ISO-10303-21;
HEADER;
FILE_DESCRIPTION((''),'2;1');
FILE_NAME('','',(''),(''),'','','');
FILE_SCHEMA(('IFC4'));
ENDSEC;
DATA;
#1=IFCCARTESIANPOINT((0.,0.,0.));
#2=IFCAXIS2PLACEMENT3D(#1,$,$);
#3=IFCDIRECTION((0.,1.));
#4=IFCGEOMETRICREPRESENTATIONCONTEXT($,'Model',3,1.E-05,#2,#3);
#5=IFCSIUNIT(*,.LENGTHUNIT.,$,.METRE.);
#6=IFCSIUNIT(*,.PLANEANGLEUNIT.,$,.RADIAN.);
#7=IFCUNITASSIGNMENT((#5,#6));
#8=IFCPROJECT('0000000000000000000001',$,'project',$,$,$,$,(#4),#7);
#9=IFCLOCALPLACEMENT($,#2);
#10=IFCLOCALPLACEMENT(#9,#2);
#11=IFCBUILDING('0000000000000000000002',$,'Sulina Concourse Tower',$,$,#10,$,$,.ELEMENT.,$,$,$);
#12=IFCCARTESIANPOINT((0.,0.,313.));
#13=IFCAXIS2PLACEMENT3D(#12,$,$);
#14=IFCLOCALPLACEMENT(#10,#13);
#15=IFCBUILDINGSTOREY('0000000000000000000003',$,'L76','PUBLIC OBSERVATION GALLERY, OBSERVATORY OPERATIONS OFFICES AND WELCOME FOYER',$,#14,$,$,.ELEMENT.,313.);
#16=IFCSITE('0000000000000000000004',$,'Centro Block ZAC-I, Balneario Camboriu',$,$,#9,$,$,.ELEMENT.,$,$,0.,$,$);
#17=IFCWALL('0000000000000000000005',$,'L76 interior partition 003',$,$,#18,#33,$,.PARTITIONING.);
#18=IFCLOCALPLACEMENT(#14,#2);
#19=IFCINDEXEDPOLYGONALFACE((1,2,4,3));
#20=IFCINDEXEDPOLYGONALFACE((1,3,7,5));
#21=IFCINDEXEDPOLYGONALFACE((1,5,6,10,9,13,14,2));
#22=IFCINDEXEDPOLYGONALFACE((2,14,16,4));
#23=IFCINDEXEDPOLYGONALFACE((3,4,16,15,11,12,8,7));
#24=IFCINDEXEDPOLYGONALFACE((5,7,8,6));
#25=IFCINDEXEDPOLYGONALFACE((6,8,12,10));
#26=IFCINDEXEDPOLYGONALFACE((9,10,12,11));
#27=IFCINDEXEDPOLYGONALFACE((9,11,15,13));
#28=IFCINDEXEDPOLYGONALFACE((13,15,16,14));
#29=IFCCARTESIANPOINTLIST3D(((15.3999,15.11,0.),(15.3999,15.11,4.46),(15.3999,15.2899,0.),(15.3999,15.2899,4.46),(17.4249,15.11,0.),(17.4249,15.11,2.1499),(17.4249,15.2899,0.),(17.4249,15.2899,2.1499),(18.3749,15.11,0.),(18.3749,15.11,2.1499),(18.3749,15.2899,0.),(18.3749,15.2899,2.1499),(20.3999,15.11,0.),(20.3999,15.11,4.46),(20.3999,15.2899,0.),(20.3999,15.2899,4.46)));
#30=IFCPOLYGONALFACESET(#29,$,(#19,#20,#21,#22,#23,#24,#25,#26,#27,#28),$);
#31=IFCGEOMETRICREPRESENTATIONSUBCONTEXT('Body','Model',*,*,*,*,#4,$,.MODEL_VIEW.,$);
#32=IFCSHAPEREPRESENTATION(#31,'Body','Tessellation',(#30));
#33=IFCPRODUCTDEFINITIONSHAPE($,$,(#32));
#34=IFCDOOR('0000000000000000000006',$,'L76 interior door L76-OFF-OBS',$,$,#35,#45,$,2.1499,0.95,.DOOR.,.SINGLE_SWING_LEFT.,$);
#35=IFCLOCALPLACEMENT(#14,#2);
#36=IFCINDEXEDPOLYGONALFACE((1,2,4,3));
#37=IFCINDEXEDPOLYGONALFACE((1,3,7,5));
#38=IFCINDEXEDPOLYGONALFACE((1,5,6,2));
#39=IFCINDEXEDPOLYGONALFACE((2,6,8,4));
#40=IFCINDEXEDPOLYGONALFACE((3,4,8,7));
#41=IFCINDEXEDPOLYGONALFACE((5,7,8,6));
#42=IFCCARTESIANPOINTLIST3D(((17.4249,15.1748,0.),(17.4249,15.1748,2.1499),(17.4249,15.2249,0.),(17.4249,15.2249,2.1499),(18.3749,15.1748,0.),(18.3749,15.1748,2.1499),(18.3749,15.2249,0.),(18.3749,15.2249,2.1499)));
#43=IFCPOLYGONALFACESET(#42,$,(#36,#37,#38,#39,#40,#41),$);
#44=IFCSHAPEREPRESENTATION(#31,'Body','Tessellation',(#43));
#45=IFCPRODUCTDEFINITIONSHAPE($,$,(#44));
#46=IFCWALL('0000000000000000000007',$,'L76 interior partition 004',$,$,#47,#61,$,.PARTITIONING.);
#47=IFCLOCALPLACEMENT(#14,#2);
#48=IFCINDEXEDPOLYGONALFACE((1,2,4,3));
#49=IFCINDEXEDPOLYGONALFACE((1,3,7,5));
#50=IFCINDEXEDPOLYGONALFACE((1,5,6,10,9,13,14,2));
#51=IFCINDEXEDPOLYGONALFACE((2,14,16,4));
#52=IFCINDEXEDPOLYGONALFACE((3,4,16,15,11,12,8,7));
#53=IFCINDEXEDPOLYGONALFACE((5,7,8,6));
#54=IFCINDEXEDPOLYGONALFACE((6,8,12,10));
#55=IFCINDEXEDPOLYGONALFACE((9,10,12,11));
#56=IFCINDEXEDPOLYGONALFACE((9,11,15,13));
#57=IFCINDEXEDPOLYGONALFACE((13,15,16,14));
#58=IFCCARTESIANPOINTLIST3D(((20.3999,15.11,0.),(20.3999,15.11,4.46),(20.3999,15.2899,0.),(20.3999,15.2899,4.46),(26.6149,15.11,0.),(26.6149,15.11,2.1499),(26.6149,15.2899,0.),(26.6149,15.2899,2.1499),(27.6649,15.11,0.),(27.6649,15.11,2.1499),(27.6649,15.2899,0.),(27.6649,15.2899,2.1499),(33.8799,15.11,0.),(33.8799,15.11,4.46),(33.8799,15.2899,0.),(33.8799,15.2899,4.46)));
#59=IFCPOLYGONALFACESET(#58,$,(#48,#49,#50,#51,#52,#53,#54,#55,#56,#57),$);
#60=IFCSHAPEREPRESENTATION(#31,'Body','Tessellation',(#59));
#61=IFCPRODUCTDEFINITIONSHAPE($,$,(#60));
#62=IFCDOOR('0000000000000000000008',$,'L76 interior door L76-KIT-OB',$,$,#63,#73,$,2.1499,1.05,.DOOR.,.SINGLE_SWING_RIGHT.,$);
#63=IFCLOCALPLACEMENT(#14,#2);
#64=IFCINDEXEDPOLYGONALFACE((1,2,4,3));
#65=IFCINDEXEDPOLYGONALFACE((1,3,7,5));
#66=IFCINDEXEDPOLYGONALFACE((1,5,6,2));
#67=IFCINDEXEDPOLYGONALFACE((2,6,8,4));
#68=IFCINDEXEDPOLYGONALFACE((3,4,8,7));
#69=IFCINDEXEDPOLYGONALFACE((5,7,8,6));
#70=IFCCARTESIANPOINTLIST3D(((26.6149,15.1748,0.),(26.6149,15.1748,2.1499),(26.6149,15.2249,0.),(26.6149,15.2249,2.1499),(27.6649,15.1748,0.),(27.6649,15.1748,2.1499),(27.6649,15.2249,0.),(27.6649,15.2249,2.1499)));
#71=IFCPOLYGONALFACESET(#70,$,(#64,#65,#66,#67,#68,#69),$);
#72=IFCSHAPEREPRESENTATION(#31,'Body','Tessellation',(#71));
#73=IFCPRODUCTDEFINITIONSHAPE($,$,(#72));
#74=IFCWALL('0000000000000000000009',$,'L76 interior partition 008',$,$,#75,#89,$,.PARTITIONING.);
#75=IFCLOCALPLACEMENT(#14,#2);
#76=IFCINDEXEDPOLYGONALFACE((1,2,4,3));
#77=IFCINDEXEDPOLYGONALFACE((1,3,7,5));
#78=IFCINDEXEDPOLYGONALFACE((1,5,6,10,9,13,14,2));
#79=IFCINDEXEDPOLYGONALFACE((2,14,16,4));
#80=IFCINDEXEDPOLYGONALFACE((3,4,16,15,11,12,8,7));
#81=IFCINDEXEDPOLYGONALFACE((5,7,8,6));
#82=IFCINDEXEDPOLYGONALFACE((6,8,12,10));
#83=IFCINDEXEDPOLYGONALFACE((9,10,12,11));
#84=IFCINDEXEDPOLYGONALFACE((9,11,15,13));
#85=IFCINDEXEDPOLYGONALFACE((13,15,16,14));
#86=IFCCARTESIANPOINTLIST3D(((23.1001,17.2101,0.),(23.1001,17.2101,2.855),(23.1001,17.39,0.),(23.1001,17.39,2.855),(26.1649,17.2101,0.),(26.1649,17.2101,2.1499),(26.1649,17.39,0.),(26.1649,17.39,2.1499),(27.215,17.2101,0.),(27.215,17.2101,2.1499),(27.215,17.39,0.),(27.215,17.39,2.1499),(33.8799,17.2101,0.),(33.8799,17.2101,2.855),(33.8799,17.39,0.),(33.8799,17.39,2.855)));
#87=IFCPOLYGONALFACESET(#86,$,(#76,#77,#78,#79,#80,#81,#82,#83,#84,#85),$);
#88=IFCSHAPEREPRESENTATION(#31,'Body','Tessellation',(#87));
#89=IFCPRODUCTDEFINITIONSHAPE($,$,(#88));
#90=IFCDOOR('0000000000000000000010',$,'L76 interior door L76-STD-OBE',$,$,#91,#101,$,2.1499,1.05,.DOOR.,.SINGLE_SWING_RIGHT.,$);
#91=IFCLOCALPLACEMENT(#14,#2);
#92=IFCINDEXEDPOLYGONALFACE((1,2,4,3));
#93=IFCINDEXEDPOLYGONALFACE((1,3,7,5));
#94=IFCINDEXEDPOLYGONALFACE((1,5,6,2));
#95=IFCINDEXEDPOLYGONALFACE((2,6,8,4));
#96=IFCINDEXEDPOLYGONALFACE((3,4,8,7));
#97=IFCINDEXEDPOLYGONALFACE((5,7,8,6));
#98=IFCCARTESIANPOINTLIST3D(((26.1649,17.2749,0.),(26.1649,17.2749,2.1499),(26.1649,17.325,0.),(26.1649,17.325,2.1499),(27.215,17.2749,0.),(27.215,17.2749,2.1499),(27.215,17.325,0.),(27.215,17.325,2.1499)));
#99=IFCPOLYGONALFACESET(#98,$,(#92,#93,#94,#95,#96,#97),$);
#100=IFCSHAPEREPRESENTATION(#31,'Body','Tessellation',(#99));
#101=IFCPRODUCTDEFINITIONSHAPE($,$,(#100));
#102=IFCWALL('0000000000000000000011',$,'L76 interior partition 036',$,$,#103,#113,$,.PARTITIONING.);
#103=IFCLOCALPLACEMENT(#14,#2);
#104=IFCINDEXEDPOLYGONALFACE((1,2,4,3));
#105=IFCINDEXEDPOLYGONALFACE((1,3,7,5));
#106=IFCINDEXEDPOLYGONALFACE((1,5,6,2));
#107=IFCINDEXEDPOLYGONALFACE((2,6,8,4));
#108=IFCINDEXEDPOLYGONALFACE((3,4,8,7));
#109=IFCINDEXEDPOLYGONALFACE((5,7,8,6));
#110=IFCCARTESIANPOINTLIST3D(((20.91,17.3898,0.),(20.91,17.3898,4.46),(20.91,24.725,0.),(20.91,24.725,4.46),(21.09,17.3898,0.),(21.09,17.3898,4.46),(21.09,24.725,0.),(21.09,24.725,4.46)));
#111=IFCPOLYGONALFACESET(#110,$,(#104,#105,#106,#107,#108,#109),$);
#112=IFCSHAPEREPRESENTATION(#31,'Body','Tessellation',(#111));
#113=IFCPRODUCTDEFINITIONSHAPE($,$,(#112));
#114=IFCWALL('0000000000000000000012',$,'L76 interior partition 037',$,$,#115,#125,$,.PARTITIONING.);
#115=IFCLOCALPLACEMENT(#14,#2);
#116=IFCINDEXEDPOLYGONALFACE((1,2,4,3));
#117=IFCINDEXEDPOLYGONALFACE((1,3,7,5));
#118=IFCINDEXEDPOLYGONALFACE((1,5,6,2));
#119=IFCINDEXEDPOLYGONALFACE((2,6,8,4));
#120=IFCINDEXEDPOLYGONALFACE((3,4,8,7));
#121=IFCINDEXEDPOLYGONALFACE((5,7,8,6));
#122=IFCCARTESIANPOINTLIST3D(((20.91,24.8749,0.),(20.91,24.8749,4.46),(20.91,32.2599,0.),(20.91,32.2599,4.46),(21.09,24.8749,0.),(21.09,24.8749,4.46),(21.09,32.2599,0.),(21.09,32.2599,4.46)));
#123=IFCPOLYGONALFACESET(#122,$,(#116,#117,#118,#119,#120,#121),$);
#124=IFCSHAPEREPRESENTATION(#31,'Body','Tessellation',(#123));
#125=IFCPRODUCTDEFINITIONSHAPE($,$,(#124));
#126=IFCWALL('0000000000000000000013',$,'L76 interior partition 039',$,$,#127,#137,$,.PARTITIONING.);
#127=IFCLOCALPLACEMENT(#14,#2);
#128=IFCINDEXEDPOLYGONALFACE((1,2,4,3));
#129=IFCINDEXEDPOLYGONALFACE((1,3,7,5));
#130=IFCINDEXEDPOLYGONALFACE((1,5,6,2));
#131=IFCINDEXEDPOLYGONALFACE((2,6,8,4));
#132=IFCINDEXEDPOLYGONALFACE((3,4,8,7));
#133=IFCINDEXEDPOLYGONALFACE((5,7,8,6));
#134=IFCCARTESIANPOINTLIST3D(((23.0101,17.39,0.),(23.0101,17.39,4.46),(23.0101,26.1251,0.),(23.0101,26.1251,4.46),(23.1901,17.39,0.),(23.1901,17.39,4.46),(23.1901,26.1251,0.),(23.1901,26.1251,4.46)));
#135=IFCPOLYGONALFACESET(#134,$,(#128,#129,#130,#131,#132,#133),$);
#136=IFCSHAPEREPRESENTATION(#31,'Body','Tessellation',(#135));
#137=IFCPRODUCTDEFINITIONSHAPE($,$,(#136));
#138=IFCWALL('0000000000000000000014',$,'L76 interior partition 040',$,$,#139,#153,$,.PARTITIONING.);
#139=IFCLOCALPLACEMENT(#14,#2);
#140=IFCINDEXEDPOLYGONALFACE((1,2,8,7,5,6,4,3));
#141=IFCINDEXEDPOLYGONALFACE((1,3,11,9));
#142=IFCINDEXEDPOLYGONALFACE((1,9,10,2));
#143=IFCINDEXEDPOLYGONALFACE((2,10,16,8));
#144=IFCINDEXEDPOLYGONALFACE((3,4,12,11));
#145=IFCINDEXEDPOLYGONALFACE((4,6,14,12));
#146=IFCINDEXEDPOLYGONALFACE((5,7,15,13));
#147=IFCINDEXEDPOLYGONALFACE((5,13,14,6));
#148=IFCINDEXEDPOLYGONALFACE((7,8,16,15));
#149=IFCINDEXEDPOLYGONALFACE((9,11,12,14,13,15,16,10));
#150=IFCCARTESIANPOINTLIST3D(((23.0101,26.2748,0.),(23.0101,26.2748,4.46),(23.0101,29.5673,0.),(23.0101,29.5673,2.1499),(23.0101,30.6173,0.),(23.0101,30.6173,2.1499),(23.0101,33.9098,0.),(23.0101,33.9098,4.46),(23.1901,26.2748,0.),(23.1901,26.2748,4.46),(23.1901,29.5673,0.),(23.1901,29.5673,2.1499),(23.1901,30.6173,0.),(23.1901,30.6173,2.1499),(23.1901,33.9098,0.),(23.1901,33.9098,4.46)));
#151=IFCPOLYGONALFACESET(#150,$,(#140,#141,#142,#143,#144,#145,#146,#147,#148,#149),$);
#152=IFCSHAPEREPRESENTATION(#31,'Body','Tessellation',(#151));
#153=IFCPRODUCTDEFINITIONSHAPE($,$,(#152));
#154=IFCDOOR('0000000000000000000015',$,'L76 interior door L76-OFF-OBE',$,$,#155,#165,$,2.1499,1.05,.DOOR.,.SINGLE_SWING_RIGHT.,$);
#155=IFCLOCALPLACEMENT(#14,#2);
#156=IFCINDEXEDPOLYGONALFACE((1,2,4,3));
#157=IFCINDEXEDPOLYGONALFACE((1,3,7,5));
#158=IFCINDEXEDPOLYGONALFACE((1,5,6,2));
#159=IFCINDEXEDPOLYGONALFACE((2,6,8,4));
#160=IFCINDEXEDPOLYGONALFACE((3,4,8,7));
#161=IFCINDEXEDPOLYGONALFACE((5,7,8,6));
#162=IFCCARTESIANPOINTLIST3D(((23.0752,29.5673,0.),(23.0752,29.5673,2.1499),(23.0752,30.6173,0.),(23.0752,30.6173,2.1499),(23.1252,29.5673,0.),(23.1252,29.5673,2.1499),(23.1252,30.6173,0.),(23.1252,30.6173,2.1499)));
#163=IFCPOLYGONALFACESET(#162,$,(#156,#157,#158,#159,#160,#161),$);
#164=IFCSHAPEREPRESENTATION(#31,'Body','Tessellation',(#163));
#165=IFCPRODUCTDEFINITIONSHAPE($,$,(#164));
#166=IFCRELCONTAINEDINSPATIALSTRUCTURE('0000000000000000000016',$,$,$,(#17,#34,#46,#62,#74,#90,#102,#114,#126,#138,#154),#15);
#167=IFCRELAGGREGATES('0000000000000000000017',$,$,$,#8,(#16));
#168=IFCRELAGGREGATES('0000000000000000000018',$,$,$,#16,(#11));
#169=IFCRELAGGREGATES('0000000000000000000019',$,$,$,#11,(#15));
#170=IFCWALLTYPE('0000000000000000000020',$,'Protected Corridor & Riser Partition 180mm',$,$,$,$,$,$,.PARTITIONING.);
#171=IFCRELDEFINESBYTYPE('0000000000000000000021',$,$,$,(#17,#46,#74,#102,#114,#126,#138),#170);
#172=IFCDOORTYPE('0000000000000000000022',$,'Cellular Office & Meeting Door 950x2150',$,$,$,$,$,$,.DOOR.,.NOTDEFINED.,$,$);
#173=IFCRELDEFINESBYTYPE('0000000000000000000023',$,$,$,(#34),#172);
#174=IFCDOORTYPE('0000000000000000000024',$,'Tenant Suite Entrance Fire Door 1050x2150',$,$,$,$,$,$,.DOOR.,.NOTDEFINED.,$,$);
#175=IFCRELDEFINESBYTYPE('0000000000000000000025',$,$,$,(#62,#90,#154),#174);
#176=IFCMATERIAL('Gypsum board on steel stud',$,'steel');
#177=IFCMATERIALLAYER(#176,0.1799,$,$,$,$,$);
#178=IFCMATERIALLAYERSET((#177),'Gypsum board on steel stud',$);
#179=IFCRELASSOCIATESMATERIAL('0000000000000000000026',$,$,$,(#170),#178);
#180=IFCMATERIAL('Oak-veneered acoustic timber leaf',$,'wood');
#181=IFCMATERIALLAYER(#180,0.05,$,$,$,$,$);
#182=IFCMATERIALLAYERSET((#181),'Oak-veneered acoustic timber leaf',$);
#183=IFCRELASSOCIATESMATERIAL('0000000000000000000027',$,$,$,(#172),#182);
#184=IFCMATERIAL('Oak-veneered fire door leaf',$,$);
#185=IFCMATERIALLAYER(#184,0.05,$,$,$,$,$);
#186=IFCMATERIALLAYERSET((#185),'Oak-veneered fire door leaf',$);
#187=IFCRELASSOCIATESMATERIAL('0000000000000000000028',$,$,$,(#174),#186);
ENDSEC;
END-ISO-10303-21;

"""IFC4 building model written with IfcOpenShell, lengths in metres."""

from ifc_helpers import new_model, si_unit, direction, frame, frame_2d, origin, place, context, subcontext, project, spatial, rectangle, extrude, material, layer, layer_set, type_object, element, fill, save


model = new_model("IFC4")

# Units and contexts
model_context = context("Model", 3, precision=1e-05, world=origin(), true_north=direction((0.0, 1.0)))
body_context = subcontext(model_context, "Body", "Model", "MODEL_VIEW")
ifc_project = project(units=[si_unit("LENGTHUNIT", "METRE"), si_unit("PLANEANGLEUNIT", "RADIAN")], contexts=[model_context])

# Site, building, storey
site_placement = place(None, origin())
site = spatial("IfcSite", under=ifc_project, at=site_placement, Name="Centro Block ZAC-I, Balneario Camboriu", CompositionType="ELEMENT", RefElevation=0.0)
building_placement = place(site_placement, origin())
building = spatial("IfcBuilding", under=site, at=building_placement, Name="Sulina Concourse Tower", CompositionType="ELEMENT")
storey_placement = place(building_placement, frame((0.0, 0.0, 313.0)))
storey = spatial("IfcBuildingStorey", under=building, at=storey_placement, Name="L76", Description="PUBLIC OBSERVATION GALLERY, OBSERVATORY OPERATIONS OFFICES AND WELCOME FOYER", CompositionType="ELEMENT", Elevation=313.0)

# Walls, openings, doors
ifc_material_1 = material(Name="Gypsum board on steel stud", Category="steel")
ifc_layer_1 = layer(ifc_material_1, 0.1799)
ifc_layer_set_1 = layer_set([ifc_layer_1], Name="Gypsum board on steel stud")
wall_type_1 = type_object("IfcWallType", Name="Protected Corridor & Riser Partition 180mm", PredefinedType="PARTITIONING", material=ifc_layer_set_1)
wall_1_placement = place(storey_placement, frame((15.3999, 15.2, 0.0), z_axis=(0.0, 0.0, 1.0), x_axis=(1.0, 0.0, 0.0)))
wall_1 = element("IfcWall", 1, at=wall_1_placement, inside=storey, type_object=wall_type_1, Name="L76 interior partition 003", PredefinedType="PARTITIONING", context=body_context, shape_type="SweptSolid", body=[
    extrude(rectangle(XDim=5.0, YDim=0.1799, at=frame_2d((2.5, 0.0))), origin(), (0.0, 0.0, 1.0), 4.46),
])
opening_1_placement = place(wall_1_placement, frame((2.0249, 0.0, 0.0)))
opening_1 = element("IfcOpeningElement", 2, at=opening_1_placement, cuts=wall_1, PredefinedType="OPENING", context=body_context, shape_type="SweptSolid", body=[
    extrude(rectangle(XDim=0.95, YDim=2.1499, at=frame_2d((0.4751, 1.075))), frame((0.0, 0.0999, 0.0), z_axis=(0.0, -1.0, 0.0), x_axis=(1.0, 0.0, 0.0)), (0.0, 0.0, 1.0), 0.2),
])
ifc_material_2 = material(Name="Oak-veneered acoustic timber leaf", Category="wood")
ifc_layer_2 = layer(ifc_material_2, 0.05)
ifc_layer_set_2 = layer_set([ifc_layer_2], Name="Oak-veneered acoustic timber leaf")
door_type_1 = type_object("IfcDoorType", Name="Cellular Office & Meeting Door 950x2150", OperationType="NOTDEFINED", PredefinedType="DOOR", material=ifc_layer_set_2)
door_1_placement = place(opening_1_placement, origin())
door_1 = element("IfcDoor", 3, at=door_1_placement, inside=storey, type_object=door_type_1, Name="L76 interior door L76-OFF-OBS", OperationType="SINGLE_SWING_LEFT", OverallHeight=2.1499, OverallWidth=0.95, PredefinedType="DOOR", context=body_context, shape_type="SweptSolid", body=[
    extrude(rectangle(XDim=0.95, YDim=2.1499, at=frame_2d((0.4751, 1.075))), frame((0.0, 0.0249, 0.0), z_axis=(0.0, -1.0, 0.0), x_axis=(1.0, 0.0, 0.0)), (0.0, 0.0, 1.0), 0.05),
])
fill(opening_1, door_1)
wall_2_placement = place(storey_placement, frame((20.3999, 15.2, 0.0), z_axis=(0.0, 0.0, 1.0), x_axis=(1.0, 0.0, 0.0)))
wall_2 = element("IfcWall", 4, at=wall_2_placement, inside=storey, type_object=wall_type_1, Name="L76 interior partition 004", PredefinedType="PARTITIONING", context=body_context, shape_type="SweptSolid", body=[
    extrude(rectangle(XDim=13.48, YDim=0.1799, at=frame_2d((6.74, 0.0))), origin(), (0.0, 0.0, 1.0), 4.46),
])
opening_2_placement = place(wall_2_placement, frame((6.2151, 0.0, 0.0)))
opening_2 = element("IfcOpeningElement", 5, at=opening_2_placement, cuts=wall_2, PredefinedType="OPENING", context=body_context, shape_type="SweptSolid", body=[
    extrude(rectangle(XDim=1.05, YDim=2.1499, at=frame_2d((0.5249, 1.075))), frame((0.0, 0.0999, 0.0), z_axis=(0.0, -1.0, 0.0), x_axis=(1.0, 0.0, 0.0)), (0.0, 0.0, 1.0), 0.2),
])
ifc_material_3 = material(Name="Oak-veneered fire door leaf")
ifc_layer_3 = layer(ifc_material_3, 0.05)
ifc_layer_set_3 = layer_set([ifc_layer_3], Name="Oak-veneered fire door leaf")
door_type_2 = type_object("IfcDoorType", Name="Tenant Suite Entrance Fire Door 1050x2150", OperationType="NOTDEFINED", PredefinedType="DOOR", material=ifc_layer_set_3)
door_2_placement = place(opening_2_placement, origin())
door_2 = element("IfcDoor", 6, at=door_2_placement, inside=storey, type_object=door_type_2, Name="L76 interior door L76-KIT-OB", OperationType="SINGLE_SWING_RIGHT", OverallHeight=2.1499, OverallWidth=1.05, PredefinedType="DOOR", context=body_context, shape_type="SweptSolid", body=[
    extrude(rectangle(XDim=1.05, YDim=2.1499, at=frame_2d((0.5249, 1.075))), frame((0.0, 0.0249, 0.0), z_axis=(0.0, -1.0, 0.0), x_axis=(1.0, 0.0, 0.0)), (0.0, 0.0, 1.0), 0.05),
])
fill(opening_2, door_2)
wall_3_placement = place(storey_placement, frame((23.1001, 17.3, 0.0), z_axis=(0.0, 0.0, 1.0), x_axis=(1.0, 0.0, 0.0)))
wall_3 = element("IfcWall", 7, at=wall_3_placement, inside=storey, type_object=wall_type_1, Name="L76 interior partition 008", PredefinedType="PARTITIONING", context=body_context, shape_type="SweptSolid", body=[
    extrude(rectangle(XDim=10.7798, YDim=0.1799, at=frame_2d((5.3899, 0.0))), origin(), (0.0, 0.0, 1.0), 2.855),
])
opening_3_placement = place(wall_3_placement, frame((3.0649, 0.0, 0.0)))
opening_3 = element("IfcOpeningElement", 8, at=opening_3_placement, cuts=wall_3, PredefinedType="OPENING", context=body_context, shape_type="SweptSolid", body=[
    extrude(rectangle(XDim=1.05, YDim=2.1499, at=frame_2d((0.5249, 1.075))), frame((0.0, 0.0999, 0.0), z_axis=(0.0, -1.0, 0.0), x_axis=(1.0, 0.0, 0.0)), (0.0, 0.0, 1.0), 0.2),
])
door_3_placement = place(opening_3_placement, origin())
door_3 = element("IfcDoor", 9, at=door_3_placement, inside=storey, type_object=door_type_2, Name="L76 interior door L76-STD-OBE", OperationType="SINGLE_SWING_RIGHT", OverallHeight=2.1499, OverallWidth=1.05, PredefinedType="DOOR", context=body_context, shape_type="SweptSolid", body=[
    extrude(rectangle(XDim=1.05, YDim=2.1499, at=frame_2d((0.5249, 1.075))), frame((0.0, 0.0249, 0.0), z_axis=(0.0, -1.0, 0.0), x_axis=(1.0, 0.0, 0.0)), (0.0, 0.0, 1.0), 0.05),
])
fill(opening_3, door_3)

# Walls
wall_4_placement = place(storey_placement, frame((21.0, 17.3899, 0.0), z_axis=(0.0, 0.0, 1.0), x_axis=(0.0, 1.0, 0.0)))
element("IfcWall", 10, at=wall_4_placement, inside=storey, type_object=wall_type_1, Name="L76 interior partition 036", PredefinedType="PARTITIONING", context=body_context, shape_type="SweptSolid", body=[
    extrude(rectangle(XDim=7.3352, YDim=0.1799, at=frame_2d((3.6675, 0.0))), origin(), (0.0, 0.0, 1.0), 4.46),
])
wall_5_placement = place(storey_placement, frame((21.0, 24.875, 0.0), z_axis=(0.0, 0.0, 1.0), x_axis=(0.0, 1.0, 0.0)))
element("IfcWall", 11, at=wall_5_placement, inside=storey, type_object=wall_type_1, Name="L76 interior partition 037", PredefinedType="PARTITIONING", context=body_context, shape_type="SweptSolid", body=[
    extrude(rectangle(XDim=7.385, YDim=0.1799, at=frame_2d((3.6924, 0.0))), origin(), (0.0, 0.0, 1.0), 4.46),
])
wall_6_placement = place(storey_placement, frame((23.1001, 17.3899, 0.0), z_axis=(0.0, 0.0, 1.0), x_axis=(0.0, 1.0, 0.0)))
element("IfcWall", 12, at=wall_6_placement, inside=storey, type_object=wall_type_1, Name="L76 interior partition 039", PredefinedType="PARTITIONING", context=body_context, shape_type="SweptSolid", body=[
    extrude(rectangle(XDim=8.7351, YDim=0.1799, at=frame_2d((4.3677, 0.0))), origin(), (0.0, 0.0, 1.0), 4.46),
])

# Wall, opening, door
wall_7_placement = place(storey_placement, frame((23.1001, 26.2749, 0.0), z_axis=(0.0, 0.0, 1.0), x_axis=(0.0, 1.0, 0.0)))
wall_7 = element("IfcWall", 13, at=wall_7_placement, inside=storey, type_object=wall_type_1, Name="L76 interior partition 040", PredefinedType="PARTITIONING", context=body_context, shape_type="SweptSolid", body=[
    extrude(rectangle(XDim=7.635, YDim=0.1799, at=frame_2d((3.8174, 0.0))), origin(), (0.0, 0.0, 1.0), 4.46),
])
opening_4_placement = place(wall_7_placement, frame((3.2925, 0.0, 0.0)))
opening_4 = element("IfcOpeningElement", 14, at=opening_4_placement, cuts=wall_7, PredefinedType="OPENING", context=body_context, shape_type="SweptSolid", body=[
    extrude(rectangle(XDim=1.05, YDim=2.1499, at=frame_2d((0.5249, 1.075))), frame((0.0, 0.0999, 0.0), z_axis=(0.0, -1.0, 0.0), x_axis=(1.0, 0.0, 0.0)), (0.0, 0.0, 1.0), 0.2),
])
door_4_placement = place(opening_4_placement, origin())
door_4 = element("IfcDoor", 15, at=door_4_placement, inside=storey, type_object=door_type_2, Name="L76 interior door L76-OFF-OBE", OperationType="SINGLE_SWING_RIGHT", OverallHeight=2.1499, OverallWidth=1.05, PredefinedType="DOOR", context=body_context, shape_type="SweptSolid", body=[
    extrude(rectangle(XDim=1.05, YDim=2.1499, at=frame_2d((0.5249, 1.075))), frame((0.0, 0.0249, 0.0), z_axis=(0.0, -1.0, 0.0), x_axis=(1.0, 0.0, 0.0)), (0.0, 0.0, 1.0), 0.05),
])
fill(opening_4, door_4)

save(model, "model.ifc")
